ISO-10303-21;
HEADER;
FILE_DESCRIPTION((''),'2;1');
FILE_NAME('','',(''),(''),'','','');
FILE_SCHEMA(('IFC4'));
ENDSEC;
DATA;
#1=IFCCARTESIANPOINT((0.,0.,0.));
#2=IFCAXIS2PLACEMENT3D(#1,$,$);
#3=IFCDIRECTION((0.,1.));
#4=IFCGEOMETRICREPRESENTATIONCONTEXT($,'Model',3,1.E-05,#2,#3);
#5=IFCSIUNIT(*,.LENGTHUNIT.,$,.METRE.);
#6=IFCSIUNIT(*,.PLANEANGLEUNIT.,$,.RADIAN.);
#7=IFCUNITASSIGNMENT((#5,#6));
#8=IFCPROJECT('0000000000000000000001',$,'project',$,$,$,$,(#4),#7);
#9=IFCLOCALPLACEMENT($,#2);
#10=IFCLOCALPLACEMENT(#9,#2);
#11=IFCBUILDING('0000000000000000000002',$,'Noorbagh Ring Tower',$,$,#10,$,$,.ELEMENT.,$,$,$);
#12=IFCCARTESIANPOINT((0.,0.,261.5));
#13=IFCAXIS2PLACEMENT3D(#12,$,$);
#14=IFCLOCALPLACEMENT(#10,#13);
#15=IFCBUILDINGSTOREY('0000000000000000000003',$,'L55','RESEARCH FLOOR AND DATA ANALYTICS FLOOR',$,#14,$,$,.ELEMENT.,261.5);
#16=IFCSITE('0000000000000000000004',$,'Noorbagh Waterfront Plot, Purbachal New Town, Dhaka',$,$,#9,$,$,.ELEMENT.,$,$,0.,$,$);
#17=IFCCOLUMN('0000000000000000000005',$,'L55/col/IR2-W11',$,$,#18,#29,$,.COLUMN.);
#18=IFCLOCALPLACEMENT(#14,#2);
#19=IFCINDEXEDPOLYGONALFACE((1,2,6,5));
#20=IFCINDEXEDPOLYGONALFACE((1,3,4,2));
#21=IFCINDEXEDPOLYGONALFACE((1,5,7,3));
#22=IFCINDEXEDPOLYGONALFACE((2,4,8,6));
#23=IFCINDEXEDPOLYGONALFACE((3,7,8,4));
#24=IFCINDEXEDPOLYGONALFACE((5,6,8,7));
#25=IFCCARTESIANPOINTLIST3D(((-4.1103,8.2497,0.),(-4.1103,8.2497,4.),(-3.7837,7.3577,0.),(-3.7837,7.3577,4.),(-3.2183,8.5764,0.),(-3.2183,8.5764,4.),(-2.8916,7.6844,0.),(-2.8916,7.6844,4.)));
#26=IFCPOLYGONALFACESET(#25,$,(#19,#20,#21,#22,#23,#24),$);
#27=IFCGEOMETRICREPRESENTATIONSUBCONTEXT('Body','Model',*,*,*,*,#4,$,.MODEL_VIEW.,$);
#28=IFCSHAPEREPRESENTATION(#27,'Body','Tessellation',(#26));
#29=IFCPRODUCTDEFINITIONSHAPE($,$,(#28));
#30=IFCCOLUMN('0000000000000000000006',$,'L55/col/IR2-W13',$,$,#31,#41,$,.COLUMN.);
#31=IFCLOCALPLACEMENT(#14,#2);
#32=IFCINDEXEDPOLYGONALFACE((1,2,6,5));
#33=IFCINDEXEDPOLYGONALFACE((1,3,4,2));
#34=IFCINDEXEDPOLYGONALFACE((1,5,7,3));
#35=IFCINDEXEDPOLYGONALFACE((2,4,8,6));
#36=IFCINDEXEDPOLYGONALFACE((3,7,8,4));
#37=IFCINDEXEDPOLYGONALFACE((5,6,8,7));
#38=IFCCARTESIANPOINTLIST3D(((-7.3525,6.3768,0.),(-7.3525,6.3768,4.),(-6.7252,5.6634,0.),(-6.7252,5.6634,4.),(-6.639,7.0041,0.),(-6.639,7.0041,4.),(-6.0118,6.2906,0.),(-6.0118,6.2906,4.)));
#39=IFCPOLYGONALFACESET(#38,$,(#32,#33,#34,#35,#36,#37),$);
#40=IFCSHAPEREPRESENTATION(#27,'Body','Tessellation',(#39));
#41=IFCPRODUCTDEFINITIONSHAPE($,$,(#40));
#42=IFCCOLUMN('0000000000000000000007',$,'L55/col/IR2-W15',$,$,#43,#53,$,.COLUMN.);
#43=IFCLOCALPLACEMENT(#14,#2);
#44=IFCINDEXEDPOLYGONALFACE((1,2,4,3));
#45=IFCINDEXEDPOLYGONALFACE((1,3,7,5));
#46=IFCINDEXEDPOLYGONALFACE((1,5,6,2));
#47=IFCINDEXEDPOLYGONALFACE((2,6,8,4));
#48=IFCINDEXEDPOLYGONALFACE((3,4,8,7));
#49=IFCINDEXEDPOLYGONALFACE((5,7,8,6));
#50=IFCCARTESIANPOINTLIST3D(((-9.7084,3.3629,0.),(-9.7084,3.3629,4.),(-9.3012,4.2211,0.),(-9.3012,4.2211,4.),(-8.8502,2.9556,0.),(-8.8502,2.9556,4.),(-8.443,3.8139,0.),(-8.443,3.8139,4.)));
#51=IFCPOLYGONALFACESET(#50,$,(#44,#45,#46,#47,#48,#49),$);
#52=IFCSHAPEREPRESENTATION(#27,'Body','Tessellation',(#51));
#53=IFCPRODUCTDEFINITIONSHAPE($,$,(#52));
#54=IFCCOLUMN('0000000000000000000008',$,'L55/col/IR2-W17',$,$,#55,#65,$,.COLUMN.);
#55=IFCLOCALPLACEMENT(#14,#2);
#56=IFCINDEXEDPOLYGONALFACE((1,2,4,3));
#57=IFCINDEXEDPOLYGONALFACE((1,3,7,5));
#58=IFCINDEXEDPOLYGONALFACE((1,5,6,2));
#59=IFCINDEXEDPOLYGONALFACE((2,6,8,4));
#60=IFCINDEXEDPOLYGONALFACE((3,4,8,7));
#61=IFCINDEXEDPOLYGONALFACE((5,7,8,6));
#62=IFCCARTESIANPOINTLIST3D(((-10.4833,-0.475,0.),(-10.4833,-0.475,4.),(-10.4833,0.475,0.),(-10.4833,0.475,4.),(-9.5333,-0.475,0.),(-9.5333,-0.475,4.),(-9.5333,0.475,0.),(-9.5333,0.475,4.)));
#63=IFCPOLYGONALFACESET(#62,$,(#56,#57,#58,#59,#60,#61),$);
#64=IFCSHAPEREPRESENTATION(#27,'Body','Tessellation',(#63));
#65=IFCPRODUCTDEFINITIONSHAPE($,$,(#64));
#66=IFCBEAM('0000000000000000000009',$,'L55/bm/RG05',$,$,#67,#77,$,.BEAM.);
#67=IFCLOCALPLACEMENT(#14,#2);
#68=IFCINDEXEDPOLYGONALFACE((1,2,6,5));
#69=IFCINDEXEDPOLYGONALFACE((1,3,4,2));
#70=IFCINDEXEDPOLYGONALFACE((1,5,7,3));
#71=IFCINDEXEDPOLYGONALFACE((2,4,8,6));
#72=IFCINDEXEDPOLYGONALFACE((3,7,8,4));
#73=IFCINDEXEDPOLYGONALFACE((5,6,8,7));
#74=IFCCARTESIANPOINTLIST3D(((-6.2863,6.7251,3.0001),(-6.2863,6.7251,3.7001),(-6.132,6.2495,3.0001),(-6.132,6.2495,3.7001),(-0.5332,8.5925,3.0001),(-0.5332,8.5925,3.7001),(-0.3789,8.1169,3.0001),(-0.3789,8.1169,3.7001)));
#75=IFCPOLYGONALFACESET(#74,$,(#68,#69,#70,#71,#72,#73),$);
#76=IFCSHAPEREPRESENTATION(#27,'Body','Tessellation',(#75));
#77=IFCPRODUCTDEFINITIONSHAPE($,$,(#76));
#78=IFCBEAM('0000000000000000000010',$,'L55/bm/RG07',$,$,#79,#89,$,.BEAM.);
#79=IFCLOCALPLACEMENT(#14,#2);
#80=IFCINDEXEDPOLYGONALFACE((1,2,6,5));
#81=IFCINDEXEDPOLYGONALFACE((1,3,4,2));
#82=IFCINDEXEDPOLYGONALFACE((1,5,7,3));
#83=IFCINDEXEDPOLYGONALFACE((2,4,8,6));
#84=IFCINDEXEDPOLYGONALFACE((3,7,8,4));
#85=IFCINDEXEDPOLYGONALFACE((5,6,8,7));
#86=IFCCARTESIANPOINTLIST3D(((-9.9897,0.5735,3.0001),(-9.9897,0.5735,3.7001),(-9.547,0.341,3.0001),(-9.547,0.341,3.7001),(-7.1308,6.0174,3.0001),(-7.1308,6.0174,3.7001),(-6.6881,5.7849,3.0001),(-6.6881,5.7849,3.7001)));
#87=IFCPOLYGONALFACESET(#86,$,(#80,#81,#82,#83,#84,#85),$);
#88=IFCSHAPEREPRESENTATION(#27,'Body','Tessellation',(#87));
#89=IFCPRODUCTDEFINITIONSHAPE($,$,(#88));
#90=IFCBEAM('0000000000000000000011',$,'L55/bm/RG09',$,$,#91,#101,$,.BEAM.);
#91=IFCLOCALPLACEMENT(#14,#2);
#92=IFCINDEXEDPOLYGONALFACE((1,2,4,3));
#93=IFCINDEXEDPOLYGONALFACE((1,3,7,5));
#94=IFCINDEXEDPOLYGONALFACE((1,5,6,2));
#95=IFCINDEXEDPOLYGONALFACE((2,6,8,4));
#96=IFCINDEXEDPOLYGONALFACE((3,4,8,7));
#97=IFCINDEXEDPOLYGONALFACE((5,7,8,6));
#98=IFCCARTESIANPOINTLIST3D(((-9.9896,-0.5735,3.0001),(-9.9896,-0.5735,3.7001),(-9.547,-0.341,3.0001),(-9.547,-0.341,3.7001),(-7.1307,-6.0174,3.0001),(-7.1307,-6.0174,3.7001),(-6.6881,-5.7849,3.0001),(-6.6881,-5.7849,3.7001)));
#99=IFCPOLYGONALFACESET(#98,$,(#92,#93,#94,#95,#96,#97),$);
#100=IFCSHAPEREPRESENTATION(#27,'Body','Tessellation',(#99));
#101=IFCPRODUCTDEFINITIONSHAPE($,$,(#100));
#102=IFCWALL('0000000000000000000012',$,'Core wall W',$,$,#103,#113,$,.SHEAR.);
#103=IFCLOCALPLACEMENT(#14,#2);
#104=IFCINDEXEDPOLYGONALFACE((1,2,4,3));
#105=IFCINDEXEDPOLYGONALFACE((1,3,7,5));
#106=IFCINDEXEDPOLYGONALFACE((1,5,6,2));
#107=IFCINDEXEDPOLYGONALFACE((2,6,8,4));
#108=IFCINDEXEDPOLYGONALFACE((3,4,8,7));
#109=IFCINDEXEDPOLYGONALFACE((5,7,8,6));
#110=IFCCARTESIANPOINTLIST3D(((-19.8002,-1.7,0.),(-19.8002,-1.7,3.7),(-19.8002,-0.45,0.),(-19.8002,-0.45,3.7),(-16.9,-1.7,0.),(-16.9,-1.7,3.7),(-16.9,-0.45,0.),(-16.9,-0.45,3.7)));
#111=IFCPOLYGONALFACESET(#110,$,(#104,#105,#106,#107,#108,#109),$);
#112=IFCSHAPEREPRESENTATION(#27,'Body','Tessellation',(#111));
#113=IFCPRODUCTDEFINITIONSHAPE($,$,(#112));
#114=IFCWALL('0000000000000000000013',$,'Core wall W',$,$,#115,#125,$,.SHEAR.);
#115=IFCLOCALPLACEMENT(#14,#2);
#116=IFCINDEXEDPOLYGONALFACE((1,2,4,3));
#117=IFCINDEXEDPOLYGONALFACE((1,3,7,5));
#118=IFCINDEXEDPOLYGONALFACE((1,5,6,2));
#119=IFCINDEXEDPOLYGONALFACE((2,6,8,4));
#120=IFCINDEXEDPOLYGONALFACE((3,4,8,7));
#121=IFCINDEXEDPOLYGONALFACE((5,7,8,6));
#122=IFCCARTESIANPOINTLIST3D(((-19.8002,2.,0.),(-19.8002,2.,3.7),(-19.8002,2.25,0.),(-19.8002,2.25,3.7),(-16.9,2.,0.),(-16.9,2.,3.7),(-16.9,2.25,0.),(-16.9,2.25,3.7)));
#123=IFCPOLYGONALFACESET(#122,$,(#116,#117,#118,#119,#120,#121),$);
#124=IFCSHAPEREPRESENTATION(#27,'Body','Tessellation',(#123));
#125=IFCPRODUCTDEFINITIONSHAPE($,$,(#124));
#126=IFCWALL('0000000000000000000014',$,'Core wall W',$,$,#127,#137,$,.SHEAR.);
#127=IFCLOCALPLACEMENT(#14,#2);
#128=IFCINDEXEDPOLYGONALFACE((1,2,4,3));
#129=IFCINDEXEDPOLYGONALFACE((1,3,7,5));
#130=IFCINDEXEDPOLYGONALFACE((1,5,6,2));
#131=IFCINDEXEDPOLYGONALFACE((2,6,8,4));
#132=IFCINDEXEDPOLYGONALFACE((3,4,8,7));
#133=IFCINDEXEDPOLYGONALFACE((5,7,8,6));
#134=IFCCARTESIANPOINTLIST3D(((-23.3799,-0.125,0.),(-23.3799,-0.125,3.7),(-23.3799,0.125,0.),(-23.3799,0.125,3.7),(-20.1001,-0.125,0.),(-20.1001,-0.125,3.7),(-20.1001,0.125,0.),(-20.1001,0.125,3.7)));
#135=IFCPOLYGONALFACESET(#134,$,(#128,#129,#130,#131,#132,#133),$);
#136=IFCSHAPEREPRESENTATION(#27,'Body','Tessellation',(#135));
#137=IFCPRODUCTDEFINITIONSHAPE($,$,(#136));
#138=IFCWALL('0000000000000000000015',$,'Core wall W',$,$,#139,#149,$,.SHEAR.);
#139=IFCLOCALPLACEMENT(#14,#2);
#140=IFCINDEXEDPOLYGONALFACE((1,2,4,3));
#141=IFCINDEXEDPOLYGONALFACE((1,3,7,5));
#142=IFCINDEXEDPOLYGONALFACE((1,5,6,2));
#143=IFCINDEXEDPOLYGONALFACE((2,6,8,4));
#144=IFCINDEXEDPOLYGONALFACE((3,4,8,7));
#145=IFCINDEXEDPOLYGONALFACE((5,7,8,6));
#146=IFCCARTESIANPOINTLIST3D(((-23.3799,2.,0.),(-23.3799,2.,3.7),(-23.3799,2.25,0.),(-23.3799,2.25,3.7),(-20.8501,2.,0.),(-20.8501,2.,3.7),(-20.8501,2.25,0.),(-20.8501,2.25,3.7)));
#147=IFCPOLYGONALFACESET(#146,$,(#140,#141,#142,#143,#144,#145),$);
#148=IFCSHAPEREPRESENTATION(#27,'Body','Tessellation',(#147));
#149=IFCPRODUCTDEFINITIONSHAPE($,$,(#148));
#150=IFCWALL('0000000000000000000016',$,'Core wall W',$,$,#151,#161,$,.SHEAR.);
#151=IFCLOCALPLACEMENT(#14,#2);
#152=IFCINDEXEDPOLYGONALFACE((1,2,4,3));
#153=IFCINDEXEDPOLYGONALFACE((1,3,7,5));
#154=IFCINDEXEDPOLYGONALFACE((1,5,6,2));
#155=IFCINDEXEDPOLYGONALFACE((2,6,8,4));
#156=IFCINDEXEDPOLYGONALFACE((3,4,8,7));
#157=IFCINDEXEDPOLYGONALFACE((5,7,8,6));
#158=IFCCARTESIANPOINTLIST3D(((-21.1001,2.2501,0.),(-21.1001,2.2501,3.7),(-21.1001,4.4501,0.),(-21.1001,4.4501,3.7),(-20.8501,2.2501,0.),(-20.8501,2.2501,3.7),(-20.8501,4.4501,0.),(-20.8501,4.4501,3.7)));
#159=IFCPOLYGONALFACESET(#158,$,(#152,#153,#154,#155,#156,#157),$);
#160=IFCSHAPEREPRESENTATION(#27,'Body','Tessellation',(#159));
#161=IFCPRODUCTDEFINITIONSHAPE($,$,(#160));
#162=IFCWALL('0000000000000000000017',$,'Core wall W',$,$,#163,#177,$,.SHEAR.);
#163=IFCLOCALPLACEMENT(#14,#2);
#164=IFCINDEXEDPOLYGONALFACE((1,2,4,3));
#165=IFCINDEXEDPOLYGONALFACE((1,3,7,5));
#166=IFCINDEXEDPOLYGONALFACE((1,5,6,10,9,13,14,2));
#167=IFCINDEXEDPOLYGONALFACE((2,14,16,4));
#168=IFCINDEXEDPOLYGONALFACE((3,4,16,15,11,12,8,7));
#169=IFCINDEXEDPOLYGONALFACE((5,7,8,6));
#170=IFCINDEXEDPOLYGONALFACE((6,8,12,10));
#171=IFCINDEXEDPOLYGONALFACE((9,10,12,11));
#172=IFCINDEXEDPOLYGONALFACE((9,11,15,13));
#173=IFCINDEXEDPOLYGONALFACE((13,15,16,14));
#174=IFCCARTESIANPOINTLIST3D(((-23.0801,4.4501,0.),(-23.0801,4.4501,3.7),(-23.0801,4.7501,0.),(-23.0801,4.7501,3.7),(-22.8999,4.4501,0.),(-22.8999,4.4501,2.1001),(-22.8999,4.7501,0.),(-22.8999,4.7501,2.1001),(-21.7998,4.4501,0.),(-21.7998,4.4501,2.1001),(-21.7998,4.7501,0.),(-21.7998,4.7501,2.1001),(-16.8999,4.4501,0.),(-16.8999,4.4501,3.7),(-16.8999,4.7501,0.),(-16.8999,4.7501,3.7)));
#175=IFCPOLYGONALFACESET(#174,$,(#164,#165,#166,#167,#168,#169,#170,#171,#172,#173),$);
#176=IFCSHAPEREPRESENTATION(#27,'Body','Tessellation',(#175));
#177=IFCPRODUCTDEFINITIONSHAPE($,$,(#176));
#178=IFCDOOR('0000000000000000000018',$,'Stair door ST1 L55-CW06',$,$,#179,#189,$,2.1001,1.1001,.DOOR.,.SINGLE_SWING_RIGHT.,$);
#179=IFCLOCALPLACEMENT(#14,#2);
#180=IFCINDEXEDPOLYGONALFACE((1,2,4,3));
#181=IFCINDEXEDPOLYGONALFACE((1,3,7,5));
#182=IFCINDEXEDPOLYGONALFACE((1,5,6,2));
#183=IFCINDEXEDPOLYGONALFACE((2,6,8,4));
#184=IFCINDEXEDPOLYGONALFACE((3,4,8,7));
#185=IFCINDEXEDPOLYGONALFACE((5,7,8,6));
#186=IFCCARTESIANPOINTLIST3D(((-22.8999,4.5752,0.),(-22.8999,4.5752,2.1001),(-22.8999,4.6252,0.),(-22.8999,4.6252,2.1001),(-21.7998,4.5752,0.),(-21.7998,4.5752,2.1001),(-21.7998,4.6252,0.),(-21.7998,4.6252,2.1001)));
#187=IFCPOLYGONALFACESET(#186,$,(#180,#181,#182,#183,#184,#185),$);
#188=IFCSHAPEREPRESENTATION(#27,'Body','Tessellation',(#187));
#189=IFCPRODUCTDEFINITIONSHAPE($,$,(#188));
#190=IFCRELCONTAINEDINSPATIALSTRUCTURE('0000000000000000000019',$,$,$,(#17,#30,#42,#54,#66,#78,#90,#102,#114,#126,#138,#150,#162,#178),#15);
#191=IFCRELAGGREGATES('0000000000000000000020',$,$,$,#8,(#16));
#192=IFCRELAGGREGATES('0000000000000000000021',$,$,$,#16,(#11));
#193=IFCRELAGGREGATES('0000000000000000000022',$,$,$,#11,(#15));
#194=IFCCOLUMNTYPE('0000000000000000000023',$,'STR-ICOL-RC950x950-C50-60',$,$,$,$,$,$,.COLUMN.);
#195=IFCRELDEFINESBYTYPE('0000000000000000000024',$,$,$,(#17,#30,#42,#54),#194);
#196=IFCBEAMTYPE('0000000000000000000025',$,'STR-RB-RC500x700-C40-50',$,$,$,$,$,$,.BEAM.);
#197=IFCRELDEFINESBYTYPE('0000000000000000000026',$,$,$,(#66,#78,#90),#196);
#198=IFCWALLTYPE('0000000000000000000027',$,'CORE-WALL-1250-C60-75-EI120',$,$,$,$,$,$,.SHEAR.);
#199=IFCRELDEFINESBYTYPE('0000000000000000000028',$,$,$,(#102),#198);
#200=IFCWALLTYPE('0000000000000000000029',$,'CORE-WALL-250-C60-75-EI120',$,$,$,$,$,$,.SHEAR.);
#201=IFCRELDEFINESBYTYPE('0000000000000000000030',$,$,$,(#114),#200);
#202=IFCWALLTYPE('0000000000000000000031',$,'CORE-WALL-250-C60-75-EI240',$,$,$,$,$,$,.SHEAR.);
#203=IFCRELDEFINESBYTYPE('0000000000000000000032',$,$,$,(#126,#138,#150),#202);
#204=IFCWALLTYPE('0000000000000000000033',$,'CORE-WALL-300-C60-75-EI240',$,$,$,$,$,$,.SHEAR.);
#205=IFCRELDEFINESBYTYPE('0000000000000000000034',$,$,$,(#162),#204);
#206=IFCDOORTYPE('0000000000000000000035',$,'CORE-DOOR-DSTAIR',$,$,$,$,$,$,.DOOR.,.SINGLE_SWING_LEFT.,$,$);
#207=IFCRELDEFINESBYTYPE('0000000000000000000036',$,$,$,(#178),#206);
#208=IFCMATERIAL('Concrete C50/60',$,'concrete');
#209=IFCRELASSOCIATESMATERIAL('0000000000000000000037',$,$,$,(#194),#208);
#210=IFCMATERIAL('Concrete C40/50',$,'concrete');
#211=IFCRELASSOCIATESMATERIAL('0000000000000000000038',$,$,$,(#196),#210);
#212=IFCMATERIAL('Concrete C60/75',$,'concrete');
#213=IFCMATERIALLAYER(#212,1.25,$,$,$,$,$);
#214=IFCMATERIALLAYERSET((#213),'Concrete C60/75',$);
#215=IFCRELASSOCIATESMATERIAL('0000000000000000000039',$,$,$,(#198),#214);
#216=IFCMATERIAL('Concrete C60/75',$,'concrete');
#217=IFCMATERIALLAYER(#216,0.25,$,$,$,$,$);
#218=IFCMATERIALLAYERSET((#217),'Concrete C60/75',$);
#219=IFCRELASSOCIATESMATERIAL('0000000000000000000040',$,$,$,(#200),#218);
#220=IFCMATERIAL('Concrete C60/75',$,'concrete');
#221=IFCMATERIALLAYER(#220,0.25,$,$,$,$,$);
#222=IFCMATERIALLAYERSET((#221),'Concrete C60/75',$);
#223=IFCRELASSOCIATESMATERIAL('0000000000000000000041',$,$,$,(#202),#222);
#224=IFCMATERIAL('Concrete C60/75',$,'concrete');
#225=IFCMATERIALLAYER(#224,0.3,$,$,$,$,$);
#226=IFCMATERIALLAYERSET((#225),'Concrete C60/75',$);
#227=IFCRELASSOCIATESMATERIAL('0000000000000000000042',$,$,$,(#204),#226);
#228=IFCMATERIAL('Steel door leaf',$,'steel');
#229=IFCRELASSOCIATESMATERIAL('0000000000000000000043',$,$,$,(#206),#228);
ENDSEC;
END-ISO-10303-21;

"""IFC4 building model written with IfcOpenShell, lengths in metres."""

from ifc_helpers import new_model, si_unit, direction, frame, frame_2d, origin, origin_2d, place, context, subcontext, project, spatial, rectangle, extrude, material, layer, layer_set, material_profile, profile_set, type_object, element, fill, save


model = new_model("IFC4")

# Units and contexts
model_context = context("Model", 3, precision=1e-05, world=origin(), true_north=direction((0.0, 1.0)))
body_context = subcontext(model_context, "Body", "Model", "MODEL_VIEW")
ifc_project = project(units=[si_unit("LENGTHUNIT", "METRE"), si_unit("PLANEANGLEUNIT", "RADIAN")], contexts=[model_context])

# Site, building, storey
site_placement = place(None, origin())
site = spatial("IfcSite", under=ifc_project, at=site_placement, Name="Noorbagh Waterfront Plot, Purbachal New Town, Dhaka", CompositionType="ELEMENT", RefElevation=0.0)
building_placement = place(site_placement, origin())
building = spatial("IfcBuilding", under=site, at=building_placement, Name="Noorbagh Ring Tower", CompositionType="ELEMENT")
storey_placement = place(building_placement, frame((0.0, 0.0, 261.5)))
storey = spatial("IfcBuildingStorey", under=building, at=storey_placement, Name="L55", Description="RESEARCH FLOOR AND DATA ANALYTICS FLOOR", CompositionType="ELEMENT", Elevation=261.5)

# Columns
ifc_material_1 = material(Name="Concrete C50/60", Category="concrete")
ifc_material_profile_1 = material_profile(ifc_material_1, rectangle(XDim=0.95, YDim=0.95, at=origin_2d()), Name="RC950x950")
ifc_profile_set_1 = profile_set([ifc_material_profile_1], Name="Concrete C50/60")
column_type = type_object("IfcColumnType", Name="STR-ICOL-RC950x950-C50-60", PredefinedType="COLUMN", material=ifc_profile_set_1)
for number, where, z_axis, x_axis, name in (
    (1, (-3.501, 7.967, 0.0), (0.0, 0.0, 1.0), (-0.93902, -0.343864, 0.0), "L55/col/IR2-W11"),
    (2, (-6.6821, 6.3337, 0.0), (0.0, 0.0, 1.0), (-0.751022, -0.660277, 0.0), "L55/col/IR2-W13"),
    (3, (-9.0757, 3.5884, 0.0), (0.0, 0.0, 1.0), (-0.428667, -0.903463, 0.0), "L55/col/IR2-W15"),
    (4, (-10.0083, 0.0, 0.0), (0.0, 0.0, 1.0), (0.0, -1.0, 0.0), "L55/col/IR2-W17"),
):
    element("IfcColumn", number, at=place(storey_placement, frame(where, z_axis=z_axis, x_axis=x_axis)), inside=storey, type_object=column_type, Name=name, PredefinedType="COLUMN", context=body_context, shape_type="SweptSolid", body=[
        extrude(rectangle(XDim=0.95, YDim=0.95, at=origin_2d()), origin(), (0.0, 0.0, 1.0), 4.0),
    ])

# Beams
ifc_material_2 = material(Name="Concrete C40/50", Category="concrete")
ifc_material_profile_2 = material_profile(ifc_material_2, rectangle(XDim=0.5, YDim=0.7, at=origin_2d()), Name="RC500x700")
ifc_profile_set_2 = profile_set([ifc_material_profile_2], Name="Concrete C40/50")
beam_type = type_object("IfcBeamType", Name="STR-RB-RC500x700-C40-50", PredefinedType="BEAM", material=ifc_profile_set_2)
beam_placement = place(storey_placement, frame((-0.4561, 8.3547, 3.3501), z_axis=(-0.951148, -0.308735, 0.0), x_axis=(0.308735, -0.951148, 0.0)))
element("IfcBeam", 5, at=beam_placement, inside=storey, type_object=beam_type, Name="L55/bm/RG05", PredefinedType="BEAM", context=body_context, shape_type="SweptSolid", body=[
    extrude(rectangle(XDim=0.5, YDim=0.7, at=origin_2d()), origin(), (0.0, 0.0, 1.0), 6.0486),
])
for number, where, z_axis, x_axis, name in (
    (6, (-6.9094, 5.9011, 3.3501), (-0.464944, -0.88534, 0.0), (0.88534, -0.464944, 0.0), "L55/bm/RG07"),
    (7, (-9.7683, -0.4573, 3.3501), (0.464944, -0.88534, 0.0), (0.88534, 0.464944, 0.0), "L55/bm/RG09"),
):
    element("IfcBeam", number, at=place(storey_placement, frame(where, z_axis=z_axis, x_axis=x_axis)), inside=storey, type_object=beam_type, Name=name, PredefinedType="BEAM", context=body_context, shape_type="SweptSolid", body=[
        extrude(rectangle(XDim=0.5, YDim=0.7, at=origin_2d()), origin(), (0.0, 0.0, 1.0), 6.1489),
    ])

# Walls
ifc_material_3 = material(Name="Concrete C60/75", Category="concrete")
ifc_layer_1 = layer(ifc_material_3, 1.25)
ifc_layer_set_1 = layer_set([ifc_layer_1], Name="Concrete C60/75")
wall_type_1 = type_object("IfcWallType", Name="CORE-WALL-1250-C60-75-EI120", PredefinedType="SHEAR", material=ifc_layer_set_1)
wall_1_placement = place(storey_placement, frame((-16.8999, -1.075, 0.0), z_axis=(0.0, 0.0, 1.0), x_axis=(-1.0, 0.0, 0.0)))
element("IfcWall", 8, at=wall_1_placement, inside=storey, type_object=wall_type_1, Name="Core wall W", PredefinedType="SHEAR", context=body_context, shape_type="SweptSolid", body=[
    extrude(rectangle(XDim=2.9001, YDim=1.25, at=frame_2d((1.4502, 0.0))), origin(), (0.0, 0.0, 1.0), 3.7),
])
ifc_material_4 = material(Name="Concrete C60/75", Category="concrete")
ifc_layer_2 = layer(ifc_material_4, 0.25)
ifc_layer_set_2 = layer_set([ifc_layer_2], Name="Concrete C60/75")
wall_type_2 = type_object("IfcWallType", Name="CORE-WALL-250-C60-75-EI120", PredefinedType="SHEAR", material=ifc_layer_set_2)
wall_2_placement = place(storey_placement, frame((-16.8999, 2.125, 0.0), z_axis=(0.0, 0.0, 1.0), x_axis=(-1.0, 0.0, 0.0)))
element("IfcWall", 9, at=wall_2_placement, inside=storey, type_object=wall_type_2, Name="Core wall W", PredefinedType="SHEAR", context=body_context, shape_type="SweptSolid", body=[
    extrude(rectangle(XDim=2.9001, YDim=0.25, at=frame_2d((1.4502, 0.0))), origin(), (0.0, 0.0, 1.0), 3.7),
])
ifc_material_5 = material(Name="Concrete C60/75", Category="concrete")
ifc_layer_3 = layer(ifc_material_5, 0.25)
ifc_layer_set_3 = layer_set([ifc_layer_3], Name="Concrete C60/75")
wall_type_3 = type_object("IfcWallType", Name="CORE-WALL-250-C60-75-EI240", PredefinedType="SHEAR", material=ifc_layer_set_3)
wall_3_placement = place(storey_placement, frame((-20.1001, 0.0, 0.0), z_axis=(0.0, 0.0, 1.0), x_axis=(-1.0, 0.0, 0.0)))
element("IfcWall", 10, at=wall_3_placement, inside=storey, type_object=wall_type_3, Name="Core wall W", PredefinedType="SHEAR", context=body_context, shape_type="SweptSolid", body=[
    extrude(rectangle(XDim=3.2798, YDim=0.25, at=frame_2d((1.6399, 0.0))), origin(), (0.0, 0.0, 1.0), 3.7),
])
wall_4_placement = place(storey_placement, frame((-20.8501, 2.125, 0.0), z_axis=(0.0, 0.0, 1.0), x_axis=(-1.0, 0.0, 0.0)))
element("IfcWall", 11, at=wall_4_placement, inside=storey, type_object=wall_type_3, Name="Core wall W", PredefinedType="SHEAR", context=body_context, shape_type="SweptSolid", body=[
    extrude(rectangle(XDim=2.5298, YDim=0.25, at=frame_2d((1.2649, 0.0))), origin(), (0.0, 0.0, 1.0), 3.7),
])
wall_5_placement = place(storey_placement, frame((-20.9751, 2.25, 0.0), z_axis=(0.0, 0.0, 1.0), x_axis=(0.0, 1.0, 0.0)))
element("IfcWall", 12, at=wall_5_placement, inside=storey, type_object=wall_type_3, Name="Core wall W", PredefinedType="SHEAR", context=body_context, shape_type="SweptSolid", body=[
    extrude(rectangle(XDim=2.2, YDim=0.25, at=frame_2d((1.1001, 0.0))), origin(), (0.0, 0.0, 1.0), 3.7),
])

# Wall, opening, door
ifc_material_6 = material(Name="Concrete C60/75", Category="concrete")
ifc_layer_4 = layer(ifc_material_6, 0.3)
ifc_layer_set_4 = layer_set([ifc_layer_4], Name="Concrete C60/75")
wall_type_4 = type_object("IfcWallType", Name="CORE-WALL-300-C60-75-EI240", PredefinedType="SHEAR", material=ifc_layer_set_4)
wall_6_placement = place(storey_placement, frame((-16.8999, 4.6001, 0.0), z_axis=(0.0, 0.0, 1.0), x_axis=(-1.0, 0.0, 0.0)))
wall_6 = element("IfcWall", 13, at=wall_6_placement, inside=storey, type_object=wall_type_4, Name="Core wall W", PredefinedType="SHEAR", context=body_context, shape_type="SweptSolid", body=[
    extrude(rectangle(XDim=6.1802, YDim=0.3, at=frame_2d((3.0901, 0.0))), origin(), (0.0, 0.0, 1.0), 3.7),
])
opening_1_placement = place(wall_6_placement, frame((4.8999, 0.0, 0.0)))
opening_1 = element("IfcOpeningElement", 14, at=opening_1_placement, cuts=wall_6, PredefinedType="OPENING", context=body_context, shape_type="SweptSolid", body=[
    extrude(rectangle(XDim=1.1001, YDim=2.1001, at=frame_2d((0.55, 1.05))), frame((0.0, 0.1602, 0.0), z_axis=(0.0, -1.0, 0.0), x_axis=(1.0, 0.0, 0.0)), (0.0, 0.0, 1.0), 0.3201),
])
ifc_material_7 = material(Name="Steel door leaf", Category="steel")
door_type_1 = type_object("IfcDoorType", Name="CORE-DOOR-DSTAIR", OperationType="SINGLE_SWING_LEFT", PredefinedType="DOOR", material=ifc_material_7)
door_1_placement = place(opening_1_placement, origin())
door_1 = element("IfcDoor", 15, at=door_1_placement, inside=storey, type_object=door_type_1, Name="Stair door ST1 L55-CW06", OperationType="SINGLE_SWING_RIGHT", OverallHeight=2.1001, OverallWidth=1.1001, PredefinedType="DOOR", context=body_context, shape_type="SweptSolid", body=[
    extrude(rectangle(XDim=1.1001, YDim=2.1001, at=frame_2d((0.55, 1.05))), frame((0.0, 0.0249, 0.0), z_axis=(0.0, -1.0, 0.0), x_axis=(1.0, 0.0, 0.0)), (0.0, 0.0, 1.0), 0.05),
])
fill(opening_1, door_1)

save(model, "model.ifc")
